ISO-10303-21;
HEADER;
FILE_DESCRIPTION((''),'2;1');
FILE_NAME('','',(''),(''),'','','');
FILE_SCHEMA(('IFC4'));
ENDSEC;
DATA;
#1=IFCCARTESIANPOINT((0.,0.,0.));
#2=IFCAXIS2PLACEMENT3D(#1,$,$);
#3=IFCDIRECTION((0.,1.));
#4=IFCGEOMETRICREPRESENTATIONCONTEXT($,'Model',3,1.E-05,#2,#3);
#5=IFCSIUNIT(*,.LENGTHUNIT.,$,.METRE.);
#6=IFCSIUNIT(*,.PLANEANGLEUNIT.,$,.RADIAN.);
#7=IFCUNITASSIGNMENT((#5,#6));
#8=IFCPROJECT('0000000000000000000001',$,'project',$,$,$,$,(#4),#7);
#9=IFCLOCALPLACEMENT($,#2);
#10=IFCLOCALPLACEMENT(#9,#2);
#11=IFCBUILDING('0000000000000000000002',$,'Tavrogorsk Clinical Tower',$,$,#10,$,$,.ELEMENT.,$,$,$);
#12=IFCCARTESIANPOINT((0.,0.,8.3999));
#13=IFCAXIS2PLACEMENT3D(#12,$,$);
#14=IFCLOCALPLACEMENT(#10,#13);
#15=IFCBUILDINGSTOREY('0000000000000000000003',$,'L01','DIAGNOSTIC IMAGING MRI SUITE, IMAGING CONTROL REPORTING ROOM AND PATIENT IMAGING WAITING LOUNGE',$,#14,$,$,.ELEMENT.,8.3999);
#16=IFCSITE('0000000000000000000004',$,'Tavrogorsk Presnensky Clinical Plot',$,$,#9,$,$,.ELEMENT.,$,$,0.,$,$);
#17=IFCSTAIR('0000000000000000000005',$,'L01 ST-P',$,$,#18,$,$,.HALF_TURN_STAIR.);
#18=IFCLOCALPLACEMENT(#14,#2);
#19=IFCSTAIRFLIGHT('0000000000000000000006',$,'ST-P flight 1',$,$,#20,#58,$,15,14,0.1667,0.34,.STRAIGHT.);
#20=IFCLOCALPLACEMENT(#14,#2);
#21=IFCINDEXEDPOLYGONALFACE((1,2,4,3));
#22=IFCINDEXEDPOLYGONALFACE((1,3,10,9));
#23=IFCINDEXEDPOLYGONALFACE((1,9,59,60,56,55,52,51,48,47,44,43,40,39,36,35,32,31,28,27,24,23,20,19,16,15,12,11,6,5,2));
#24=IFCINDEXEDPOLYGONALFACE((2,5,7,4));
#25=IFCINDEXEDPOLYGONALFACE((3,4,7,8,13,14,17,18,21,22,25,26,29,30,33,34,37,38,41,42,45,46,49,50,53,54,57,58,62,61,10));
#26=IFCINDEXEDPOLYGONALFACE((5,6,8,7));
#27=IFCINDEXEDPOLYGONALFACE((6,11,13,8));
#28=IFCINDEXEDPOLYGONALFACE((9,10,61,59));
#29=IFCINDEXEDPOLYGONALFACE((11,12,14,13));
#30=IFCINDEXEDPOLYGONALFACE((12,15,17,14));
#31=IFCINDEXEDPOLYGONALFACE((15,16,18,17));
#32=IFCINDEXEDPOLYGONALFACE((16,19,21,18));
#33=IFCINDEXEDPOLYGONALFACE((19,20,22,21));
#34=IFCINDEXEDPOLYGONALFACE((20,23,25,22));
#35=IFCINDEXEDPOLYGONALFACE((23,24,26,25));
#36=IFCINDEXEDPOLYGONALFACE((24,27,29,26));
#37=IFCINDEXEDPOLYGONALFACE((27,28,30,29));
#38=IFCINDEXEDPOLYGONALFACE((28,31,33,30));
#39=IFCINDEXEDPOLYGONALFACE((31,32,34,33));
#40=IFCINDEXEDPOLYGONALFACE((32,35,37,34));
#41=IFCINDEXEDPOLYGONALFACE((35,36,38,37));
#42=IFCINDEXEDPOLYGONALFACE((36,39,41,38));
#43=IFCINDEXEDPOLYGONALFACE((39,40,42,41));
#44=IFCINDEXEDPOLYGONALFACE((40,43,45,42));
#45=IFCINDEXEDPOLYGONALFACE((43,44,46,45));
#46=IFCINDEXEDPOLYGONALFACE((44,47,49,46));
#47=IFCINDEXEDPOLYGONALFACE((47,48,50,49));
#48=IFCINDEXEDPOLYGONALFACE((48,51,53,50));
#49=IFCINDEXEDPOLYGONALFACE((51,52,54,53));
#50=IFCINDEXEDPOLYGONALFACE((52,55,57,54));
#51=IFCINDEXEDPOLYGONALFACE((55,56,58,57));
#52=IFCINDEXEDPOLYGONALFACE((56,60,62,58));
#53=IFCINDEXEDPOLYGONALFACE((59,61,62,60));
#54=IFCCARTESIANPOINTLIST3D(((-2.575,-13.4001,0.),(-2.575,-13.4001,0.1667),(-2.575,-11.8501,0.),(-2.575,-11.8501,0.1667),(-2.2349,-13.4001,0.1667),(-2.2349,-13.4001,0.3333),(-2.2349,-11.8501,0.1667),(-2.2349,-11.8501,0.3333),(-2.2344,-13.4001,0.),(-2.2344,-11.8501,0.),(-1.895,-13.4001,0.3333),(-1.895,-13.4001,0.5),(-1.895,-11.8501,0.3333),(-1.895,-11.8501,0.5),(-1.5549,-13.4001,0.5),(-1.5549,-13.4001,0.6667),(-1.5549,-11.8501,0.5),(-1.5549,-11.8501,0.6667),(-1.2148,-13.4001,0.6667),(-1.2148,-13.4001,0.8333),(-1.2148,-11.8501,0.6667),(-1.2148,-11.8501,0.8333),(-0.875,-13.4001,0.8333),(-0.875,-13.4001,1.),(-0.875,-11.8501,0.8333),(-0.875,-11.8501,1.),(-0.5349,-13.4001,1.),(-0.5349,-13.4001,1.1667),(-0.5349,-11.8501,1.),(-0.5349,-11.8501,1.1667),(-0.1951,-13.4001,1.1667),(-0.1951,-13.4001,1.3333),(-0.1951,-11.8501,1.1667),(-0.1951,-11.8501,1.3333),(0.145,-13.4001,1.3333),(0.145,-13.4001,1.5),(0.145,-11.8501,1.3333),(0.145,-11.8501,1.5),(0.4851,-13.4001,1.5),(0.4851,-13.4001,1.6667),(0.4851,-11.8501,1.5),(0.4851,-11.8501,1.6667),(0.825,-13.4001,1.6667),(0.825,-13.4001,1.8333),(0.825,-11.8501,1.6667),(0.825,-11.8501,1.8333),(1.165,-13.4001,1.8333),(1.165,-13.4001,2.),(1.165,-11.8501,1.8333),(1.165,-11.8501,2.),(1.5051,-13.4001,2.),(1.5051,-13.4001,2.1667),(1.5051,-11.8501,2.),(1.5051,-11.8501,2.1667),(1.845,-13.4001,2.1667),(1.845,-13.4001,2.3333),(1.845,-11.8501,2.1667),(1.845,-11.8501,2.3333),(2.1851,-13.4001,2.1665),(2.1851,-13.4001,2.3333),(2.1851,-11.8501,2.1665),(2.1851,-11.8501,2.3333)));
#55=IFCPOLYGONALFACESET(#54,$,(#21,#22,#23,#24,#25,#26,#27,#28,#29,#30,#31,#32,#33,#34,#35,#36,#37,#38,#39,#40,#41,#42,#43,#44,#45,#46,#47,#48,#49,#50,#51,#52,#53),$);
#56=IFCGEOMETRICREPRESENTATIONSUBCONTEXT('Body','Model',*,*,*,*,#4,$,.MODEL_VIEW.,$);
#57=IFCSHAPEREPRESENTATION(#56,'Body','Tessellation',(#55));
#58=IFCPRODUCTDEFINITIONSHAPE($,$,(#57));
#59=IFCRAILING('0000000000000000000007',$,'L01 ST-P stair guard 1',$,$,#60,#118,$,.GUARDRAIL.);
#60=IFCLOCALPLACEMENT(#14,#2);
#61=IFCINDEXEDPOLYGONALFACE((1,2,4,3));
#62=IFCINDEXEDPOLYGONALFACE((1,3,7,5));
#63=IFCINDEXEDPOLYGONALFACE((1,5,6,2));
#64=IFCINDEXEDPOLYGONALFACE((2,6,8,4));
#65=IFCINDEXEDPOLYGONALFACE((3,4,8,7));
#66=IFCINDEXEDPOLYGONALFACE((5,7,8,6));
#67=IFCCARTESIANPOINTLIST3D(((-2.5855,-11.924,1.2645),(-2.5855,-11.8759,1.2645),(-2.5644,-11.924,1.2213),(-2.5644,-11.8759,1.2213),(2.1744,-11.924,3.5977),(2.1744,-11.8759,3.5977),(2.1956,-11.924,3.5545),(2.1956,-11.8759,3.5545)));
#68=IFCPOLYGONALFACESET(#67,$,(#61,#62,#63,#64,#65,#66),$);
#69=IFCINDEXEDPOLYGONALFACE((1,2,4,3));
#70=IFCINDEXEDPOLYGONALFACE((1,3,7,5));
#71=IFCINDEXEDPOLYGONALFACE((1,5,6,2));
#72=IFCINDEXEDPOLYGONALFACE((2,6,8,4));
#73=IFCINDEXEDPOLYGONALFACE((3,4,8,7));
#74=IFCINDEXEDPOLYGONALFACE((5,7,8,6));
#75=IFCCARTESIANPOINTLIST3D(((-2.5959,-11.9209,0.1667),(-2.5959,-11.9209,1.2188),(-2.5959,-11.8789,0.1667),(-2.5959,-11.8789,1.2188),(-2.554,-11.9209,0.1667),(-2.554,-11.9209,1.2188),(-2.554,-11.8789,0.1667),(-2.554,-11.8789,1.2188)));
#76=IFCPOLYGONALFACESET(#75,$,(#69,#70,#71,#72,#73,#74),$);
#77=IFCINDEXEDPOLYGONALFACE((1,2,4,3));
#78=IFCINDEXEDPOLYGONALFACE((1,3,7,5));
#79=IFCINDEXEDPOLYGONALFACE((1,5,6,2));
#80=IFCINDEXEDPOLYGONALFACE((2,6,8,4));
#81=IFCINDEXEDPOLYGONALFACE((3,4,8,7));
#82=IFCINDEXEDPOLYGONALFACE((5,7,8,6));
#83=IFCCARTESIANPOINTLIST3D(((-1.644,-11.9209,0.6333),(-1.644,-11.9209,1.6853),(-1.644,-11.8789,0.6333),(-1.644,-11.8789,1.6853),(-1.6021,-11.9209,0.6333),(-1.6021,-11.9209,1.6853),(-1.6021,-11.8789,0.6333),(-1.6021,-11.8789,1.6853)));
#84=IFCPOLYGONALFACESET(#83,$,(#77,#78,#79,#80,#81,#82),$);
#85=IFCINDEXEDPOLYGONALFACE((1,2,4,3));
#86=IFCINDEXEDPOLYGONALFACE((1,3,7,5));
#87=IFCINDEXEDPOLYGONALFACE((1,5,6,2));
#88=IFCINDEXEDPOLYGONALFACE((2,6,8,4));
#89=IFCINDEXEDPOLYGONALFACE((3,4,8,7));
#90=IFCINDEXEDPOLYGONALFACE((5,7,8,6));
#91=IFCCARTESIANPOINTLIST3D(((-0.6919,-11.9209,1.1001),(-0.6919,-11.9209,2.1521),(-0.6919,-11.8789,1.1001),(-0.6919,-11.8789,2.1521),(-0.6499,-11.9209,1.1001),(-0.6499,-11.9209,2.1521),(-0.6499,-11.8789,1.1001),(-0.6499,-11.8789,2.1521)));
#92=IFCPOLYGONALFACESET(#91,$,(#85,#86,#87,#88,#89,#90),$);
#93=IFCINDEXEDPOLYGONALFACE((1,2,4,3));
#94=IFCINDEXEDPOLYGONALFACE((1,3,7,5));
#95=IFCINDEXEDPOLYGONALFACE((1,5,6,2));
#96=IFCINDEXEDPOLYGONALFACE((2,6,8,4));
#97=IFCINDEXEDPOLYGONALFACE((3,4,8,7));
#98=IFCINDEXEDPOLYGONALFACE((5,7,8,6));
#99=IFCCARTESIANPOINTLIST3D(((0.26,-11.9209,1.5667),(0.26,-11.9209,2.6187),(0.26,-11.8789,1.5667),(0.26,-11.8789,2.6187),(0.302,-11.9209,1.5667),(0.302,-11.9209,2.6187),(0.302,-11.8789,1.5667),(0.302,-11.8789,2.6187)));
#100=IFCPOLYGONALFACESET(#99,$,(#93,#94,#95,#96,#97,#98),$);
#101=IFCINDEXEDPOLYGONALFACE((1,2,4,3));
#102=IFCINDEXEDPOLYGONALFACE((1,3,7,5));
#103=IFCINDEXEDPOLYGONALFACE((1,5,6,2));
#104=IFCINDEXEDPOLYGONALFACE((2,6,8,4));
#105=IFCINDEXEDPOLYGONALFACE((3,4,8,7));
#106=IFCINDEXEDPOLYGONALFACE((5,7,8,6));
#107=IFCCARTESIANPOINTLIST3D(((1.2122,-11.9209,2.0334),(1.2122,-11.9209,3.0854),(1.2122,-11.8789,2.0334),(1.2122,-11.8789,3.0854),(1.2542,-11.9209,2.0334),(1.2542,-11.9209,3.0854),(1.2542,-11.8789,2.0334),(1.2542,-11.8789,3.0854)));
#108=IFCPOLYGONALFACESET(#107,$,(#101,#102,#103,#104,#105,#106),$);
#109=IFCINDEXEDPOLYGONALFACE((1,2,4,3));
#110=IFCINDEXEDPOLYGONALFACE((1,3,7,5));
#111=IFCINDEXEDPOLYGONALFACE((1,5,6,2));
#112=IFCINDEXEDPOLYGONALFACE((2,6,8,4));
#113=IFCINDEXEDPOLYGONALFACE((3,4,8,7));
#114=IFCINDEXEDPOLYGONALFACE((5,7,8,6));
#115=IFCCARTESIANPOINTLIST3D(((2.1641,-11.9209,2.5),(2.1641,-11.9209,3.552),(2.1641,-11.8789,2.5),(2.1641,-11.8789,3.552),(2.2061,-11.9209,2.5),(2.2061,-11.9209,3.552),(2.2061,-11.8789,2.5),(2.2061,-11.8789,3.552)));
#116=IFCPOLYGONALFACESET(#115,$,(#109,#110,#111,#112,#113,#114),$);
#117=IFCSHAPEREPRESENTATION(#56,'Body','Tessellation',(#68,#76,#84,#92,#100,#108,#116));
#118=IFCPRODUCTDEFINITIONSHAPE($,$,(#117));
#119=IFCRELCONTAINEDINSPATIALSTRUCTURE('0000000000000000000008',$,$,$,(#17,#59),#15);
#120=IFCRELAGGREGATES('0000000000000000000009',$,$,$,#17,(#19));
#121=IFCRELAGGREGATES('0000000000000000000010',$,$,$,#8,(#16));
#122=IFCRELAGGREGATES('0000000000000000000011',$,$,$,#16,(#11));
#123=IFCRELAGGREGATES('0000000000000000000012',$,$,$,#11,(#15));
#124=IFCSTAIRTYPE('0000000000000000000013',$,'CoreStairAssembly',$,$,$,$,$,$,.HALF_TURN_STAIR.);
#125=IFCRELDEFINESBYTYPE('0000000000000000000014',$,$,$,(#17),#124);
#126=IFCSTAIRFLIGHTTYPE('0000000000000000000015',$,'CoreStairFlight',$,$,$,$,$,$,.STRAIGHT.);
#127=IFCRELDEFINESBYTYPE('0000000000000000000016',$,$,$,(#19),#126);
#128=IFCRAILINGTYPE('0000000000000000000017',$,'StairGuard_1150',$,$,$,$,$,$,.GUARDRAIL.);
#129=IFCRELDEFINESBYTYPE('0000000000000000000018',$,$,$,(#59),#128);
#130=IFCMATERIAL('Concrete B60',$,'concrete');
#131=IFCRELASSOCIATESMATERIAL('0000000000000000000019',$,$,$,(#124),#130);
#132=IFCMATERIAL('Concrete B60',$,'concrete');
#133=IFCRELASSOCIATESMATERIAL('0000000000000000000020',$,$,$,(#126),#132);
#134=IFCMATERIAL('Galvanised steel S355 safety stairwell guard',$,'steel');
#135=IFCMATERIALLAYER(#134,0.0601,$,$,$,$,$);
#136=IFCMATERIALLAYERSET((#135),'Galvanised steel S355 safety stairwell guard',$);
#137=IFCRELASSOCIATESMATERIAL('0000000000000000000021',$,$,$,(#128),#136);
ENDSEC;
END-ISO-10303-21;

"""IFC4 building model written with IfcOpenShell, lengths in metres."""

from ifc_helpers import new_model, si_unit, direction, frame, origin, origin_2d, place, context, subcontext, project, spatial, polyline, rectangle, outline, extrude, material, layer, layer_set, type_object, element, aggregate, save


model = new_model("IFC4")

# Units and contexts
model_context = context("Model", 3, precision=1e-05, world=origin(), true_north=direction((0.0, 1.0)))
body_context = subcontext(model_context, "Body", "Model", "MODEL_VIEW")
ifc_project = project(units=[si_unit("LENGTHUNIT", "METRE"), si_unit("PLANEANGLEUNIT", "RADIAN")], contexts=[model_context])

# Site, building, storey
site_placement = place(None, origin())
site = spatial("IfcSite", under=ifc_project, at=site_placement, Name="Tavrogorsk Presnensky Clinical Plot", CompositionType="ELEMENT", RefElevation=0.0)
building_placement = place(site_placement, origin())
building = spatial("IfcBuilding", under=site, at=building_placement, Name="Tavrogorsk Clinical Tower", CompositionType="ELEMENT")
storey_placement = place(building_placement, frame((0.0, 0.0, 8.3999)))
storey = spatial("IfcBuildingStorey", under=building, at=storey_placement, Name="L01", Description="DIAGNOSTIC IMAGING MRI SUITE, IMAGING CONTROL REPORTING ROOM AND PATIENT IMAGING WAITING LOUNGE", CompositionType="ELEMENT", Elevation=8.3999)

# Stair, stair flight
ifc_material_1 = material(Name="Concrete B60", Category="concrete")
stair_type = type_object("IfcStairType", Name="CoreStairAssembly", PredefinedType="HALF_TURN_STAIR", material=ifc_material_1)
stair_placement = place(storey_placement, origin())
stair = element("IfcStair", 1, at=stair_placement, inside=storey, type_object=stair_type, Name="L01 ST-P", PredefinedType="HALF_TURN_STAIR")
ifc_material_2 = material(Name="Concrete B60", Category="concrete")
stair_flight_type = type_object("IfcStairFlightType", Name="CoreStairFlight", PredefinedType="STRAIGHT", material=ifc_material_2)
stair_flight_placement = place(storey_placement, frame((-2.575, -12.625, 0.0), z_axis=(0.0, 0.0, 1.0), x_axis=(1.0, 0.0, 0.0)))
stair_flight = element("IfcStairFlight", 2, at=stair_flight_placement, type_object=stair_flight_type, Name="ST-P flight 1", NumberOfRisers=15, NumberOfTreads=14, PredefinedType="STRAIGHT", RiserHeight=0.1667, TreadLength=0.34, context=body_context, shape_type="SweptSolid", body=[
    extrude(outline(polyline([(0.0, 0.0), (0.0, 0.1667), (0.3401, 0.1667), (0.3401, 0.3333), (0.6799, 0.3333), (0.6799, 0.5), (1.02, 0.5), (1.02, 0.6667), (1.3601, 0.6667), (1.3601, 0.8333), (1.7, 0.8333), (1.7, 1.0), (2.04, 1.0), (2.04, 1.1667), (2.3799, 1.1667), (2.3799, 1.3333), (2.72, 1.3333), (2.72, 1.5), (3.0601, 1.5), (3.0601, 1.6667), (3.3999, 1.6667), (3.3999, 1.8333), (3.74, 1.8333), (3.74, 2.0), (4.0801, 2.0), (4.0801, 2.1667), (4.4199, 2.1667), (4.4199, 2.3333), (4.76, 2.3333), (4.76, 2.5), (4.76, 2.1665), (0.3406, 0.0), (0.0, 0.0)])), frame((0.0, 0.7749, 0.0), z_axis=(0.0, -1.0, 0.0), x_axis=(1.0, 0.0, 0.0)), (0.0, 0.0, 1.0), 1.55),
])
aggregate(stair, [stair_flight])

# Railing
ifc_material_3 = material(Name="Galvanised steel S355 safety stairwell guard", Category="steel")
ifc_layer_1 = layer(ifc_material_3, 0.0601)
ifc_layer_set_1 = layer_set([ifc_layer_1], Name="Galvanised steel S355 safety stairwell guard")
railing_type = type_object("IfcRailingType", Name="StairGuard_1150", PredefinedType="GUARDRAIL", material=ifc_layer_set_1)
railing_placement = place(storey_placement, frame((-2.575, -11.8999, 0.1667)))
element("IfcRailing", 3, at=railing_placement, inside=storey, type_object=railing_type, Name="L01 ST-P stair guard 1", PredefinedType="GUARDRAIL", context=body_context, shape_type="SweptSolid", body=[
    extrude(rectangle(XDim=0.0481, YDim=0.0481, at=origin_2d()), frame((0.0, 0.0, 1.0762), z_axis=(0.897927, 0.0, 0.440144), x_axis=(0.0, 1.0, 0.0)), (0.0, 0.0, 1.0), 5.301),
    extrude(rectangle(XDim=0.042, YDim=0.042, at=origin_2d()), origin(), (0.0, 0.0, 1.0), 1.052),
    extrude(rectangle(XDim=0.042, YDim=0.042, at=origin_2d()), frame((0.9519, 0.0, 0.4666)), (0.0, 0.0, 1.0), 1.052),
    extrude(rectangle(XDim=0.042, YDim=0.042, at=origin_2d()), frame((1.9041, 0.0, 0.9333)), (0.0, 0.0, 1.0), 1.052),
    extrude(rectangle(XDim=0.042, YDim=0.042, at=origin_2d()), frame((2.856, 0.0, 1.3999)), (0.0, 0.0, 1.0), 1.052),
    extrude(rectangle(XDim=0.042, YDim=0.042, at=origin_2d()), frame((3.8081, 0.0, 1.8667)), (0.0, 0.0, 1.0), 1.052),
    extrude(rectangle(XDim=0.042, YDim=0.042, at=origin_2d()), frame((4.76, 0.0, 2.3333)), (0.0, 0.0, 1.0), 1.052),
])

save(model, "model.ifc")
